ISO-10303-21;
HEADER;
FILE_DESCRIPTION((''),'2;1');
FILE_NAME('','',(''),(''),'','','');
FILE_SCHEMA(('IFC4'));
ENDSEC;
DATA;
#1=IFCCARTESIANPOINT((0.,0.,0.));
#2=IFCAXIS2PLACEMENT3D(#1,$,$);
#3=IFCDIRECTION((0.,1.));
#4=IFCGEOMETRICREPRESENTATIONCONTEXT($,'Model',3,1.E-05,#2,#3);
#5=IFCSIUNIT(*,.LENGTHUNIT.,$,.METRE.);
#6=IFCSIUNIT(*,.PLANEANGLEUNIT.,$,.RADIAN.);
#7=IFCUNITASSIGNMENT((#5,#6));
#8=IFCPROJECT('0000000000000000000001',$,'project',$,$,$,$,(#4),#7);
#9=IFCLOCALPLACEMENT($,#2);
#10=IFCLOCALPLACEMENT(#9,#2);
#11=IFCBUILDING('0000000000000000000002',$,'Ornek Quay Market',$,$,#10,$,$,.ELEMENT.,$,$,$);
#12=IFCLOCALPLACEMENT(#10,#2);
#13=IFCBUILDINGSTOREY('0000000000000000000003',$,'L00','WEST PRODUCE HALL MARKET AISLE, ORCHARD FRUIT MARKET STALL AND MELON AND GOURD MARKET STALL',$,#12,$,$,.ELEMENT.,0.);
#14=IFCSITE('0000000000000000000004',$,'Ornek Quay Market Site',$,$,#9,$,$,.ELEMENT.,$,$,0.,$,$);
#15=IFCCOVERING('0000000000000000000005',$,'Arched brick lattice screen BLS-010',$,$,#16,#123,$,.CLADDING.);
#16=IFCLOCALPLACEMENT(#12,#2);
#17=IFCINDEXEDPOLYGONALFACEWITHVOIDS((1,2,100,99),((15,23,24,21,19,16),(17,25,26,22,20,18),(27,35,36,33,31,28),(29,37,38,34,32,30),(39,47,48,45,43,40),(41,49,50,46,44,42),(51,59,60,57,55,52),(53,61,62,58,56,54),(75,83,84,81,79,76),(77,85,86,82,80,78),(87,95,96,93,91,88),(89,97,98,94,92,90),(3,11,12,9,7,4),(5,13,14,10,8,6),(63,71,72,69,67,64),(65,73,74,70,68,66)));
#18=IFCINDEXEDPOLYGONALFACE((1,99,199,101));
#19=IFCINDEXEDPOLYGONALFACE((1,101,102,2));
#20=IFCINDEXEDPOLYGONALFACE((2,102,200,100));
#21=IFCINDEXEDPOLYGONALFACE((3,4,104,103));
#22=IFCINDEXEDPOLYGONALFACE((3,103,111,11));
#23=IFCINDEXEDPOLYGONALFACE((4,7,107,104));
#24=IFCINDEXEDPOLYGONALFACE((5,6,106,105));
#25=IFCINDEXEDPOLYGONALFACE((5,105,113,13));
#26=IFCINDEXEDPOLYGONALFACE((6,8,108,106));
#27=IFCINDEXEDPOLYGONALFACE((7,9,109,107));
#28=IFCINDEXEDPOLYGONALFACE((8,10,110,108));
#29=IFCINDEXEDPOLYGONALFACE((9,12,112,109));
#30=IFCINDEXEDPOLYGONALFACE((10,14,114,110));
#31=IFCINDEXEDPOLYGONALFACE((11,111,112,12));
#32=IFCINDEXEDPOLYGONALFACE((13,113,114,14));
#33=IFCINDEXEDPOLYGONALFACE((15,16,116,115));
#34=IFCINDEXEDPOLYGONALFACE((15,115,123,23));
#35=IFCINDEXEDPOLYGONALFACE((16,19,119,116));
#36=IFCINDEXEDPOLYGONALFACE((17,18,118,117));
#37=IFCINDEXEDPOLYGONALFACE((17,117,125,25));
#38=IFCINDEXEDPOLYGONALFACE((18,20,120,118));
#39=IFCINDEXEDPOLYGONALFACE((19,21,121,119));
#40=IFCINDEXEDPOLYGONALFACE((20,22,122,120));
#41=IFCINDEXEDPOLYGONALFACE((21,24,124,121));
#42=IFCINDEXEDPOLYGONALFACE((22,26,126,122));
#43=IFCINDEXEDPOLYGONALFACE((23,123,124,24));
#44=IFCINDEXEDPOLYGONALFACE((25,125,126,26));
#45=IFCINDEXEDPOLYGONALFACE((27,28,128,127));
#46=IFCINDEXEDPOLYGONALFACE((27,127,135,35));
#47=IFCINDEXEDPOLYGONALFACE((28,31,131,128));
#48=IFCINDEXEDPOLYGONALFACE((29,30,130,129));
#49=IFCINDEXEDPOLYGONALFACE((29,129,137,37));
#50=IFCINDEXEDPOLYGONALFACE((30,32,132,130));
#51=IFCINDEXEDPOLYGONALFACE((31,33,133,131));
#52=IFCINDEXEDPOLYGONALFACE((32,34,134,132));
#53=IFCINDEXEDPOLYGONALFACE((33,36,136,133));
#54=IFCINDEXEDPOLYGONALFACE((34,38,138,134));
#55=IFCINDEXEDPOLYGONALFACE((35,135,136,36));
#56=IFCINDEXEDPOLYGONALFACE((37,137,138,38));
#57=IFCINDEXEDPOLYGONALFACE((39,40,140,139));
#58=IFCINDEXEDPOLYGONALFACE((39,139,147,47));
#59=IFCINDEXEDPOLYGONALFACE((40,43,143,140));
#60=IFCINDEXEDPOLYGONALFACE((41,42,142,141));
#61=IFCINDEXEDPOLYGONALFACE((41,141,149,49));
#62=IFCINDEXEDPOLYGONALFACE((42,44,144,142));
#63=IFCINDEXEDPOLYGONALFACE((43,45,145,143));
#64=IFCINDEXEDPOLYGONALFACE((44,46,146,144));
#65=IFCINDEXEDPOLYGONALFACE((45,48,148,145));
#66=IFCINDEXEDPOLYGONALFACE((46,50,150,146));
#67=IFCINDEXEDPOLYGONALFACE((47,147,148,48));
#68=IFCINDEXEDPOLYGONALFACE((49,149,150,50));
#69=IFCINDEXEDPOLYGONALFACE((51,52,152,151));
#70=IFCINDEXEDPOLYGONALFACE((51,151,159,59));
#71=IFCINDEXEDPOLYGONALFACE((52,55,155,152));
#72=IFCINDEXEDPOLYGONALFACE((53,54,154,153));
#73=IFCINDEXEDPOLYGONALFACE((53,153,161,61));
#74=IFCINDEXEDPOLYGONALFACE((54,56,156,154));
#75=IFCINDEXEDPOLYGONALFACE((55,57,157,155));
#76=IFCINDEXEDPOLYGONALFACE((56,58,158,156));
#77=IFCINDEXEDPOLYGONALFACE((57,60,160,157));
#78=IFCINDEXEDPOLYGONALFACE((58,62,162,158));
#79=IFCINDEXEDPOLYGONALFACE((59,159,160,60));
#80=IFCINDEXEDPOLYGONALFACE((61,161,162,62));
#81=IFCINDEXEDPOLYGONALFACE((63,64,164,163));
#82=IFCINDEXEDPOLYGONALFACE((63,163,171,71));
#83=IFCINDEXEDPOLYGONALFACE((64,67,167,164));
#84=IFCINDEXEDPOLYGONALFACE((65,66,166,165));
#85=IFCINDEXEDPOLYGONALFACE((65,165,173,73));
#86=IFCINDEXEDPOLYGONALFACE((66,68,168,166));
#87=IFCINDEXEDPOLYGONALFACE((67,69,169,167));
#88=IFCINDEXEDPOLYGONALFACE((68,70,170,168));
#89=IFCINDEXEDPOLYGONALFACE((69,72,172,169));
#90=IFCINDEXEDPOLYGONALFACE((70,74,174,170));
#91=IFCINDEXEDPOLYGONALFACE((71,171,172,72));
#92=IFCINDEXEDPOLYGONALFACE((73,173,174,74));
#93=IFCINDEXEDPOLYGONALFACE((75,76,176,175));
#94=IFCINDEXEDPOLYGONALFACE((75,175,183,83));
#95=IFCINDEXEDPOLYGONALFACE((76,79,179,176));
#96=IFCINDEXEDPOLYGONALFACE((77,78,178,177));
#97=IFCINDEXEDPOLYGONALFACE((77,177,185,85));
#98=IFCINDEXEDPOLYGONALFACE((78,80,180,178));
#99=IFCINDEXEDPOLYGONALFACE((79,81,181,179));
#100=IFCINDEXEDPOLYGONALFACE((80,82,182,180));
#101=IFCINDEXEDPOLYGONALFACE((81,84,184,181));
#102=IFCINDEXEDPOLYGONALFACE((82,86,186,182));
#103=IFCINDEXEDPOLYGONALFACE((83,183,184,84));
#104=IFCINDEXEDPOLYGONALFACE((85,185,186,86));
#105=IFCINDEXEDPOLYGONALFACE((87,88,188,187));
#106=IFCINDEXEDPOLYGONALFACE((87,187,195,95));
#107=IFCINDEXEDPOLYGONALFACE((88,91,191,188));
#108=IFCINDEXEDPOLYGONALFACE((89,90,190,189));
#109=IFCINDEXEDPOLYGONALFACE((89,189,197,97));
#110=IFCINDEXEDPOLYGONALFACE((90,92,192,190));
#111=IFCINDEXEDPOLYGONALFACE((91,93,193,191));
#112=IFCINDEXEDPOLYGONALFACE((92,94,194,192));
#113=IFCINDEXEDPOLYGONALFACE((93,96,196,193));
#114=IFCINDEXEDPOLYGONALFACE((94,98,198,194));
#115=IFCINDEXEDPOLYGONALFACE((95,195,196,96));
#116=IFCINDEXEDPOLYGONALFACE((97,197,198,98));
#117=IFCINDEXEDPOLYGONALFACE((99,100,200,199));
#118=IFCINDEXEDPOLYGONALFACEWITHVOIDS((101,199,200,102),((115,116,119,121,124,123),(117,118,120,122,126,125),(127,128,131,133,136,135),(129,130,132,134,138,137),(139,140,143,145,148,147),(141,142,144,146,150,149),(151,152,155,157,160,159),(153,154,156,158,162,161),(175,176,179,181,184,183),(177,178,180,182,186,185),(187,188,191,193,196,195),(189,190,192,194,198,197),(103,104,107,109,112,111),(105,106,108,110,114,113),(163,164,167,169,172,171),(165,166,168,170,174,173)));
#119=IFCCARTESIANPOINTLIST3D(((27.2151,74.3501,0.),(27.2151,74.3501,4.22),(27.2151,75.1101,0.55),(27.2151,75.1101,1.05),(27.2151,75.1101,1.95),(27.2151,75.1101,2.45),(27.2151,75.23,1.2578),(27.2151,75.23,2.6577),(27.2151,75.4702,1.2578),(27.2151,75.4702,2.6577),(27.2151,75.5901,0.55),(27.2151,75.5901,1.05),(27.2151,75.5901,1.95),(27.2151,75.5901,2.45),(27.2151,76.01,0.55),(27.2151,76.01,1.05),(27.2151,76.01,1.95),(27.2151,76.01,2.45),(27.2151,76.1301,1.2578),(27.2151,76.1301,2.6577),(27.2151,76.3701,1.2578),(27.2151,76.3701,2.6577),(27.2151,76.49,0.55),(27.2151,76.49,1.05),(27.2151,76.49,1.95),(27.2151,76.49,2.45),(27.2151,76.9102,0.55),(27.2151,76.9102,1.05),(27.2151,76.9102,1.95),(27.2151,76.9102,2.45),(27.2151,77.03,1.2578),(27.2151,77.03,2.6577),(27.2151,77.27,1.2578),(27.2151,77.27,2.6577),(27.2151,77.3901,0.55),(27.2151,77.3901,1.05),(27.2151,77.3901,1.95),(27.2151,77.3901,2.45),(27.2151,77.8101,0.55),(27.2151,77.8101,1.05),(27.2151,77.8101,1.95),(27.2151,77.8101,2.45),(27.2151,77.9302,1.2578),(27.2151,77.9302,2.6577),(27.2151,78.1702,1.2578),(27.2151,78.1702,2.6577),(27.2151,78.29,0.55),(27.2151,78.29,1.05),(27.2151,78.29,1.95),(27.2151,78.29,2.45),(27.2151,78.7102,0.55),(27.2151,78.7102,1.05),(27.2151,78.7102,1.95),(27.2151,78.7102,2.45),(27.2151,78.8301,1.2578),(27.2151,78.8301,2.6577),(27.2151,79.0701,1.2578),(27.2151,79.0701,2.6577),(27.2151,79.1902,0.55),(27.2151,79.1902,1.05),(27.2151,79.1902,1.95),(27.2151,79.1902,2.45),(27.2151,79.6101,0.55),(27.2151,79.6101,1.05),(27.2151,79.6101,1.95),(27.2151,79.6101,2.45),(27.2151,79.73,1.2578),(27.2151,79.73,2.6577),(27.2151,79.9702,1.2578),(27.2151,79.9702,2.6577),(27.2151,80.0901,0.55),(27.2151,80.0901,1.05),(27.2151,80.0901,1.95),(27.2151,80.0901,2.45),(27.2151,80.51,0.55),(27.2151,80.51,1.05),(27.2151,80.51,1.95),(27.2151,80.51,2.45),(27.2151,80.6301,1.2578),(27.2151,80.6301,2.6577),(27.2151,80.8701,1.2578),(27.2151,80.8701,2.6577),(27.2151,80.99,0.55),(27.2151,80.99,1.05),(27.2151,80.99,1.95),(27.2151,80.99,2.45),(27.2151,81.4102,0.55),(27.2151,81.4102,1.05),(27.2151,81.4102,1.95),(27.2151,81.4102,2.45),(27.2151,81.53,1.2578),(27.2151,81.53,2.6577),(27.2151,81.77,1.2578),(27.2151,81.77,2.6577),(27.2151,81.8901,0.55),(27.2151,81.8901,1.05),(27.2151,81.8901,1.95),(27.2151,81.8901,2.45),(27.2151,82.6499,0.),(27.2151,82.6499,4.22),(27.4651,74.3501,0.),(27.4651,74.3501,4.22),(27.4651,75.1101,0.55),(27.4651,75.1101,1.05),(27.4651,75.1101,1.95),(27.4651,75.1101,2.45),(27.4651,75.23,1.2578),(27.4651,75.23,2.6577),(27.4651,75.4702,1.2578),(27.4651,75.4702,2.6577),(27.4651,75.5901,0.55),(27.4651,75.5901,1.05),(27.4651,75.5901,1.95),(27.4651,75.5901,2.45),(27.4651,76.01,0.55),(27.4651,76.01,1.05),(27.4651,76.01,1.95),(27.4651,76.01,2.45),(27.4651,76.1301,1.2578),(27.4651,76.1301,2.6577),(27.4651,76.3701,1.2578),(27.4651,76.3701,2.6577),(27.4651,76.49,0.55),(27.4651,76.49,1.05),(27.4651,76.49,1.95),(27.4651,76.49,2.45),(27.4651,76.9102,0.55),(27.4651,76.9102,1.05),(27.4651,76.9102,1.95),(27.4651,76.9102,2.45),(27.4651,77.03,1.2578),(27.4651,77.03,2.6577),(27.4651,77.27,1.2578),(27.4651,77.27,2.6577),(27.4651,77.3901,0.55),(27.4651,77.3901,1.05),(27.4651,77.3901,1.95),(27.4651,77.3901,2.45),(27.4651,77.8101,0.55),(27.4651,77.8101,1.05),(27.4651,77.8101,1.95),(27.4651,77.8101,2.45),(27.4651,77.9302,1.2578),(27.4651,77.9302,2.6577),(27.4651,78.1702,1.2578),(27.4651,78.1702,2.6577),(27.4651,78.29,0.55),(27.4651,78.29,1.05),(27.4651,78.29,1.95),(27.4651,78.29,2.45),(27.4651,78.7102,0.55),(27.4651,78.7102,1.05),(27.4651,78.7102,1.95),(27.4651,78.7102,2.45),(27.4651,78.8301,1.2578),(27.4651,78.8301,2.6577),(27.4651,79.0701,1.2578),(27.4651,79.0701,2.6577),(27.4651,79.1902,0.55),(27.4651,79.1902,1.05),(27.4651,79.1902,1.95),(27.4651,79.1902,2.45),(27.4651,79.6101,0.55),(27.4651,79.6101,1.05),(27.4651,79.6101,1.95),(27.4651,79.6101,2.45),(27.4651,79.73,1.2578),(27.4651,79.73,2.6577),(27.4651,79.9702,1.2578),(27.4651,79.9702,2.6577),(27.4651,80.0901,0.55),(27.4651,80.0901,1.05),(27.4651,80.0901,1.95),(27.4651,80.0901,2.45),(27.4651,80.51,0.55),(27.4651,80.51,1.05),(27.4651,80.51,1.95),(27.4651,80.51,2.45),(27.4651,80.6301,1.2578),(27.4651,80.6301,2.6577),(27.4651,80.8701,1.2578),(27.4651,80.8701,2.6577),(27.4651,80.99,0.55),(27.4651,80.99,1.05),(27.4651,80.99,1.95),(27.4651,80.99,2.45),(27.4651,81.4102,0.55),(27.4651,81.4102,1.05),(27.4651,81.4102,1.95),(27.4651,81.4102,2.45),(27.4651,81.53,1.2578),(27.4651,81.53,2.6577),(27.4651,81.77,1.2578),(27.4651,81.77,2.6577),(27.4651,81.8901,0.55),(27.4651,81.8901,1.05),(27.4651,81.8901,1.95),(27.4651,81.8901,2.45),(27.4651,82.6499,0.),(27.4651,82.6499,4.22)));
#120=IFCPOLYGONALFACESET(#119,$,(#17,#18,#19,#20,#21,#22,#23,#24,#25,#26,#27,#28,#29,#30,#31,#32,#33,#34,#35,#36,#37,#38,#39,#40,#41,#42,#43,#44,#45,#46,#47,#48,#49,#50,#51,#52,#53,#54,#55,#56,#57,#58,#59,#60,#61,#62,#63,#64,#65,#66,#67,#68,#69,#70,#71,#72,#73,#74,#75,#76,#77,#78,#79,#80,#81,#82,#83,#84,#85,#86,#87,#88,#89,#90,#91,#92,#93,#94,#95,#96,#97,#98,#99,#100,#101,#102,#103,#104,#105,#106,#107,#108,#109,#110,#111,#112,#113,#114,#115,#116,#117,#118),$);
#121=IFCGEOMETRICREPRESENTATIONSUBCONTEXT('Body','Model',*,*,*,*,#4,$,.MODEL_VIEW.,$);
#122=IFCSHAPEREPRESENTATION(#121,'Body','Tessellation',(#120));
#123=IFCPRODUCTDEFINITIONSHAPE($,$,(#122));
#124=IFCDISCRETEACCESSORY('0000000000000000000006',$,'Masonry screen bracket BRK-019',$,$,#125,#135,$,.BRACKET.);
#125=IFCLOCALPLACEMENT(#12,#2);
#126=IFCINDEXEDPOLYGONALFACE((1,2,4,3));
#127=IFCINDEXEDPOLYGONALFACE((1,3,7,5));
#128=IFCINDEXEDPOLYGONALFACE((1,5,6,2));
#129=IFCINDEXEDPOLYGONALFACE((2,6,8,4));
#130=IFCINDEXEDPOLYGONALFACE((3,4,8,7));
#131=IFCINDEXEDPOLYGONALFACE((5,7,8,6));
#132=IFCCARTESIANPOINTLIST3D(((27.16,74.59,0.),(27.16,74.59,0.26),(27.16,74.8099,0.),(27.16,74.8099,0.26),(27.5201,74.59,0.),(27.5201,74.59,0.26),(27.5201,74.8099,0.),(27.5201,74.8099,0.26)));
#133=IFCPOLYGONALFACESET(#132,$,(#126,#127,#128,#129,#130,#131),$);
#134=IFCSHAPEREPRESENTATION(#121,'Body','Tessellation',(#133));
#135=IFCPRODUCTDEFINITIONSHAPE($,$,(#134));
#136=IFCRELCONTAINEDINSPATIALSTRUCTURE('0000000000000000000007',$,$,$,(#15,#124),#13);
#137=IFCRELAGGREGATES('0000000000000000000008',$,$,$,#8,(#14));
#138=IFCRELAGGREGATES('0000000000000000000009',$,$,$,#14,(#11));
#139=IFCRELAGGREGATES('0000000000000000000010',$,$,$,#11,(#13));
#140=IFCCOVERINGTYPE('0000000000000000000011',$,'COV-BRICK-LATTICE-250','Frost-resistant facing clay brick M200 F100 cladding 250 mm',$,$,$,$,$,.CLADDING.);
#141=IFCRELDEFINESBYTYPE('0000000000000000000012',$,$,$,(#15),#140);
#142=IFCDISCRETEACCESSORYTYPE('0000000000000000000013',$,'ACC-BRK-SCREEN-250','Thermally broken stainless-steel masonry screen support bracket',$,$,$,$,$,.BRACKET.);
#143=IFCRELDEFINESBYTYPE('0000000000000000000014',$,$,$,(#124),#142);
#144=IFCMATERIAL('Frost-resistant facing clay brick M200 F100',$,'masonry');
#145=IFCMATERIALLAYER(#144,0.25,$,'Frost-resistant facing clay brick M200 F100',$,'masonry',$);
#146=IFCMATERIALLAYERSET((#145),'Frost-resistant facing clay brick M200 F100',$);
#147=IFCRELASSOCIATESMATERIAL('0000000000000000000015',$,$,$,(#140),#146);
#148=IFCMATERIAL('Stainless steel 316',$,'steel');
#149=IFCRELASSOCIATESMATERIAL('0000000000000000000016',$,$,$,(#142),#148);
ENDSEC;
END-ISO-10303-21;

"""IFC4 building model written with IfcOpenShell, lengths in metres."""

from ifc_helpers import new_model, si_unit, direction, frame, origin, origin_2d, place, context, subcontext, project, spatial, polyline, rectangle, outline, extrude, material, layer, layer_set, type_object, element, save


model = new_model("IFC4")

# Units and contexts
model_context = context("Model", 3, precision=1e-05, world=origin(), true_north=direction((0.0, 1.0)))
body_context = subcontext(model_context, "Body", "Model", "MODEL_VIEW")
ifc_project = project(units=[si_unit("LENGTHUNIT", "METRE"), si_unit("PLANEANGLEUNIT", "RADIAN")], contexts=[model_context])

# Site, building, storey
site_placement = place(None, origin())
site = spatial("IfcSite", under=ifc_project, at=site_placement, Name="Ornek Quay Market Site", CompositionType="ELEMENT", RefElevation=0.0)
building_placement = place(site_placement, origin())
building = spatial("IfcBuilding", under=site, at=building_placement, Name="Ornek Quay Market", CompositionType="ELEMENT")
storey_placement = place(building_placement, origin())
storey = spatial("IfcBuildingStorey", under=building, at=storey_placement, Name="L00", Description="WEST PRODUCE HALL MARKET AISLE, ORCHARD FRUIT MARKET STALL AND MELON AND GOURD MARKET STALL", CompositionType="ELEMENT", Elevation=0.0)

# Shared definitions
ifc_material_1 = material(Name="Frost-resistant facing clay brick M200 F100", Category="masonry")

# Covering
ifc_layer_1 = layer(ifc_material_1, 0.25, Name="Frost-resistant facing clay brick M200 F100", Category="masonry")
ifc_layer_set_1 = layer_set([ifc_layer_1], Name="Frost-resistant facing clay brick M200 F100")
covering_type = type_object("IfcCoveringType", Name="COV-BRICK-LATTICE-250", Description="Frost-resistant facing clay brick M200 F100 cladding 250 mm", PredefinedType="CLADDING", material=ifc_layer_set_1)
covering_placement = place(storey_placement, frame((27.3401, 74.3501, 0.0), z_axis=(0.0, 0.0, 1.0), x_axis=(0.0, 1.0, 0.0)))
element("IfcCovering", 1, at=covering_placement, inside=storey, type_object=covering_type, Name="Arched brick lattice screen BLS-010", PredefinedType="CLADDING", context=body_context, shape_type="SweptSolid", body=[
    extrude(outline(polyline([(0.0, 0.0), (8.2998, 0.0), (8.2998, 4.22), (0.0, 4.22), (0.0, 0.0)]), holes=[polyline([(0.76, 0.55), (1.24, 0.55), (1.24, 1.05), (1.1201, 1.2578), (0.8799, 1.2578), (0.76, 1.05), (0.76, 0.55)]), polyline([(0.76, 1.95), (1.24, 1.95), (1.24, 2.45), (1.1201, 2.6577), (0.8799, 2.6577), (0.76, 2.45), (0.76, 1.95)]), polyline([(1.6599, 0.55), (2.1399, 0.55), (2.1399, 1.05), (2.02, 1.2578), (1.78, 1.2578), (1.6599, 1.05), (1.6599, 0.55)]), polyline([(1.6599, 1.95), (2.1399, 1.95), (2.1399, 2.45), (2.02, 2.6577), (1.78, 2.6577), (1.6599, 2.45), (1.6599, 1.95)]), polyline([(2.5601, 0.55), (3.04, 0.55), (3.04, 1.05), (2.9199, 1.2578), (2.6799, 1.2578), (2.5601, 1.05), (2.5601, 0.55)]), polyline([(2.5601, 1.95), (3.04, 1.95), (3.04, 2.45), (2.9199, 2.6577), (2.6799, 2.6577), (2.5601, 2.45), (2.5601, 1.95)]), polyline([(3.46, 0.55), (3.9399, 0.55), (3.9399, 1.05), (3.8201, 1.2578), (3.5801, 1.2578), (3.46, 1.05), (3.46, 0.55)]), polyline([(3.46, 1.95), (3.9399, 1.95), (3.9399, 2.45), (3.8201, 2.6577), (3.5801, 2.6577), (3.46, 2.45), (3.46, 1.95)]), polyline([(4.3601, 0.55), (4.8401, 0.55), (4.8401, 1.05), (4.72, 1.2578), (4.48, 1.2578), (4.3601, 1.05), (4.3601, 0.55)]), polyline([(4.3601, 1.95), (4.8401, 1.95), (4.8401, 2.45), (4.72, 2.6577), (4.48, 2.6577), (4.3601, 2.45), (4.3601, 1.95)]), polyline([(5.26, 0.55), (5.74, 0.55), (5.74, 1.05), (5.6201, 1.2578), (5.3799, 1.2578), (5.26, 1.05), (5.26, 0.55)]), polyline([(5.26, 1.95), (5.74, 1.95), (5.74, 2.45), (5.6201, 2.6577), (5.3799, 2.6577), (5.26, 2.45), (5.26, 1.95)]), polyline([(6.1599, 0.55), (6.6399, 0.55), (6.6399, 1.05), (6.52, 1.2578), (6.28, 1.2578), (6.1599, 1.05), (6.1599, 0.55)]), polyline([(6.1599, 1.95), (6.6399, 1.95), (6.6399, 2.45), (6.52, 2.6577), (6.28, 2.6577), (6.1599, 2.45), (6.1599, 1.95)]), polyline([(7.0601, 0.55), (7.54, 0.55), (7.54, 1.05), (7.4199, 1.2578), (7.1799, 1.2578), (7.0601, 1.05), (7.0601, 0.55)]), polyline([(7.0601, 1.95), (7.54, 1.95), (7.54, 2.45), (7.4199, 2.6577), (7.1799, 2.6577), (7.0601, 2.45), (7.0601, 1.95)])]), frame((0.0, 0.125, 0.0), z_axis=(0.0, -1.0, 0.0), x_axis=(1.0, 0.0, 0.0)), (0.0, 0.0, 1.0), 0.25),
])

# Discrete accessory
ifc_material_2 = material(Name="Stainless steel 316", Category="steel")
discrete_accessory_type = type_object("IfcDiscreteAccessoryType", Name="ACC-BRK-SCREEN-250", Description="Thermally broken stainless-steel masonry screen support bracket", PredefinedType="BRACKET", material=ifc_material_2)
discrete_accessory_placement = place(storey_placement, frame((27.3401, 74.7, 0.0), z_axis=(0.0, 0.0, 1.0), x_axis=(0.0, 1.0, 0.0)))
element("IfcDiscreteAccessory", 2, at=discrete_accessory_placement, inside=storey, type_object=discrete_accessory_type, Name="Masonry screen bracket BRK-019", PredefinedType="BRACKET", context=body_context, shape_type="SweptSolid", body=[
    extrude(rectangle(XDim=0.22, YDim=0.3601, at=origin_2d()), origin(), (0.0, 0.0, 1.0), 0.26),
])

save(model, "model.ifc")
